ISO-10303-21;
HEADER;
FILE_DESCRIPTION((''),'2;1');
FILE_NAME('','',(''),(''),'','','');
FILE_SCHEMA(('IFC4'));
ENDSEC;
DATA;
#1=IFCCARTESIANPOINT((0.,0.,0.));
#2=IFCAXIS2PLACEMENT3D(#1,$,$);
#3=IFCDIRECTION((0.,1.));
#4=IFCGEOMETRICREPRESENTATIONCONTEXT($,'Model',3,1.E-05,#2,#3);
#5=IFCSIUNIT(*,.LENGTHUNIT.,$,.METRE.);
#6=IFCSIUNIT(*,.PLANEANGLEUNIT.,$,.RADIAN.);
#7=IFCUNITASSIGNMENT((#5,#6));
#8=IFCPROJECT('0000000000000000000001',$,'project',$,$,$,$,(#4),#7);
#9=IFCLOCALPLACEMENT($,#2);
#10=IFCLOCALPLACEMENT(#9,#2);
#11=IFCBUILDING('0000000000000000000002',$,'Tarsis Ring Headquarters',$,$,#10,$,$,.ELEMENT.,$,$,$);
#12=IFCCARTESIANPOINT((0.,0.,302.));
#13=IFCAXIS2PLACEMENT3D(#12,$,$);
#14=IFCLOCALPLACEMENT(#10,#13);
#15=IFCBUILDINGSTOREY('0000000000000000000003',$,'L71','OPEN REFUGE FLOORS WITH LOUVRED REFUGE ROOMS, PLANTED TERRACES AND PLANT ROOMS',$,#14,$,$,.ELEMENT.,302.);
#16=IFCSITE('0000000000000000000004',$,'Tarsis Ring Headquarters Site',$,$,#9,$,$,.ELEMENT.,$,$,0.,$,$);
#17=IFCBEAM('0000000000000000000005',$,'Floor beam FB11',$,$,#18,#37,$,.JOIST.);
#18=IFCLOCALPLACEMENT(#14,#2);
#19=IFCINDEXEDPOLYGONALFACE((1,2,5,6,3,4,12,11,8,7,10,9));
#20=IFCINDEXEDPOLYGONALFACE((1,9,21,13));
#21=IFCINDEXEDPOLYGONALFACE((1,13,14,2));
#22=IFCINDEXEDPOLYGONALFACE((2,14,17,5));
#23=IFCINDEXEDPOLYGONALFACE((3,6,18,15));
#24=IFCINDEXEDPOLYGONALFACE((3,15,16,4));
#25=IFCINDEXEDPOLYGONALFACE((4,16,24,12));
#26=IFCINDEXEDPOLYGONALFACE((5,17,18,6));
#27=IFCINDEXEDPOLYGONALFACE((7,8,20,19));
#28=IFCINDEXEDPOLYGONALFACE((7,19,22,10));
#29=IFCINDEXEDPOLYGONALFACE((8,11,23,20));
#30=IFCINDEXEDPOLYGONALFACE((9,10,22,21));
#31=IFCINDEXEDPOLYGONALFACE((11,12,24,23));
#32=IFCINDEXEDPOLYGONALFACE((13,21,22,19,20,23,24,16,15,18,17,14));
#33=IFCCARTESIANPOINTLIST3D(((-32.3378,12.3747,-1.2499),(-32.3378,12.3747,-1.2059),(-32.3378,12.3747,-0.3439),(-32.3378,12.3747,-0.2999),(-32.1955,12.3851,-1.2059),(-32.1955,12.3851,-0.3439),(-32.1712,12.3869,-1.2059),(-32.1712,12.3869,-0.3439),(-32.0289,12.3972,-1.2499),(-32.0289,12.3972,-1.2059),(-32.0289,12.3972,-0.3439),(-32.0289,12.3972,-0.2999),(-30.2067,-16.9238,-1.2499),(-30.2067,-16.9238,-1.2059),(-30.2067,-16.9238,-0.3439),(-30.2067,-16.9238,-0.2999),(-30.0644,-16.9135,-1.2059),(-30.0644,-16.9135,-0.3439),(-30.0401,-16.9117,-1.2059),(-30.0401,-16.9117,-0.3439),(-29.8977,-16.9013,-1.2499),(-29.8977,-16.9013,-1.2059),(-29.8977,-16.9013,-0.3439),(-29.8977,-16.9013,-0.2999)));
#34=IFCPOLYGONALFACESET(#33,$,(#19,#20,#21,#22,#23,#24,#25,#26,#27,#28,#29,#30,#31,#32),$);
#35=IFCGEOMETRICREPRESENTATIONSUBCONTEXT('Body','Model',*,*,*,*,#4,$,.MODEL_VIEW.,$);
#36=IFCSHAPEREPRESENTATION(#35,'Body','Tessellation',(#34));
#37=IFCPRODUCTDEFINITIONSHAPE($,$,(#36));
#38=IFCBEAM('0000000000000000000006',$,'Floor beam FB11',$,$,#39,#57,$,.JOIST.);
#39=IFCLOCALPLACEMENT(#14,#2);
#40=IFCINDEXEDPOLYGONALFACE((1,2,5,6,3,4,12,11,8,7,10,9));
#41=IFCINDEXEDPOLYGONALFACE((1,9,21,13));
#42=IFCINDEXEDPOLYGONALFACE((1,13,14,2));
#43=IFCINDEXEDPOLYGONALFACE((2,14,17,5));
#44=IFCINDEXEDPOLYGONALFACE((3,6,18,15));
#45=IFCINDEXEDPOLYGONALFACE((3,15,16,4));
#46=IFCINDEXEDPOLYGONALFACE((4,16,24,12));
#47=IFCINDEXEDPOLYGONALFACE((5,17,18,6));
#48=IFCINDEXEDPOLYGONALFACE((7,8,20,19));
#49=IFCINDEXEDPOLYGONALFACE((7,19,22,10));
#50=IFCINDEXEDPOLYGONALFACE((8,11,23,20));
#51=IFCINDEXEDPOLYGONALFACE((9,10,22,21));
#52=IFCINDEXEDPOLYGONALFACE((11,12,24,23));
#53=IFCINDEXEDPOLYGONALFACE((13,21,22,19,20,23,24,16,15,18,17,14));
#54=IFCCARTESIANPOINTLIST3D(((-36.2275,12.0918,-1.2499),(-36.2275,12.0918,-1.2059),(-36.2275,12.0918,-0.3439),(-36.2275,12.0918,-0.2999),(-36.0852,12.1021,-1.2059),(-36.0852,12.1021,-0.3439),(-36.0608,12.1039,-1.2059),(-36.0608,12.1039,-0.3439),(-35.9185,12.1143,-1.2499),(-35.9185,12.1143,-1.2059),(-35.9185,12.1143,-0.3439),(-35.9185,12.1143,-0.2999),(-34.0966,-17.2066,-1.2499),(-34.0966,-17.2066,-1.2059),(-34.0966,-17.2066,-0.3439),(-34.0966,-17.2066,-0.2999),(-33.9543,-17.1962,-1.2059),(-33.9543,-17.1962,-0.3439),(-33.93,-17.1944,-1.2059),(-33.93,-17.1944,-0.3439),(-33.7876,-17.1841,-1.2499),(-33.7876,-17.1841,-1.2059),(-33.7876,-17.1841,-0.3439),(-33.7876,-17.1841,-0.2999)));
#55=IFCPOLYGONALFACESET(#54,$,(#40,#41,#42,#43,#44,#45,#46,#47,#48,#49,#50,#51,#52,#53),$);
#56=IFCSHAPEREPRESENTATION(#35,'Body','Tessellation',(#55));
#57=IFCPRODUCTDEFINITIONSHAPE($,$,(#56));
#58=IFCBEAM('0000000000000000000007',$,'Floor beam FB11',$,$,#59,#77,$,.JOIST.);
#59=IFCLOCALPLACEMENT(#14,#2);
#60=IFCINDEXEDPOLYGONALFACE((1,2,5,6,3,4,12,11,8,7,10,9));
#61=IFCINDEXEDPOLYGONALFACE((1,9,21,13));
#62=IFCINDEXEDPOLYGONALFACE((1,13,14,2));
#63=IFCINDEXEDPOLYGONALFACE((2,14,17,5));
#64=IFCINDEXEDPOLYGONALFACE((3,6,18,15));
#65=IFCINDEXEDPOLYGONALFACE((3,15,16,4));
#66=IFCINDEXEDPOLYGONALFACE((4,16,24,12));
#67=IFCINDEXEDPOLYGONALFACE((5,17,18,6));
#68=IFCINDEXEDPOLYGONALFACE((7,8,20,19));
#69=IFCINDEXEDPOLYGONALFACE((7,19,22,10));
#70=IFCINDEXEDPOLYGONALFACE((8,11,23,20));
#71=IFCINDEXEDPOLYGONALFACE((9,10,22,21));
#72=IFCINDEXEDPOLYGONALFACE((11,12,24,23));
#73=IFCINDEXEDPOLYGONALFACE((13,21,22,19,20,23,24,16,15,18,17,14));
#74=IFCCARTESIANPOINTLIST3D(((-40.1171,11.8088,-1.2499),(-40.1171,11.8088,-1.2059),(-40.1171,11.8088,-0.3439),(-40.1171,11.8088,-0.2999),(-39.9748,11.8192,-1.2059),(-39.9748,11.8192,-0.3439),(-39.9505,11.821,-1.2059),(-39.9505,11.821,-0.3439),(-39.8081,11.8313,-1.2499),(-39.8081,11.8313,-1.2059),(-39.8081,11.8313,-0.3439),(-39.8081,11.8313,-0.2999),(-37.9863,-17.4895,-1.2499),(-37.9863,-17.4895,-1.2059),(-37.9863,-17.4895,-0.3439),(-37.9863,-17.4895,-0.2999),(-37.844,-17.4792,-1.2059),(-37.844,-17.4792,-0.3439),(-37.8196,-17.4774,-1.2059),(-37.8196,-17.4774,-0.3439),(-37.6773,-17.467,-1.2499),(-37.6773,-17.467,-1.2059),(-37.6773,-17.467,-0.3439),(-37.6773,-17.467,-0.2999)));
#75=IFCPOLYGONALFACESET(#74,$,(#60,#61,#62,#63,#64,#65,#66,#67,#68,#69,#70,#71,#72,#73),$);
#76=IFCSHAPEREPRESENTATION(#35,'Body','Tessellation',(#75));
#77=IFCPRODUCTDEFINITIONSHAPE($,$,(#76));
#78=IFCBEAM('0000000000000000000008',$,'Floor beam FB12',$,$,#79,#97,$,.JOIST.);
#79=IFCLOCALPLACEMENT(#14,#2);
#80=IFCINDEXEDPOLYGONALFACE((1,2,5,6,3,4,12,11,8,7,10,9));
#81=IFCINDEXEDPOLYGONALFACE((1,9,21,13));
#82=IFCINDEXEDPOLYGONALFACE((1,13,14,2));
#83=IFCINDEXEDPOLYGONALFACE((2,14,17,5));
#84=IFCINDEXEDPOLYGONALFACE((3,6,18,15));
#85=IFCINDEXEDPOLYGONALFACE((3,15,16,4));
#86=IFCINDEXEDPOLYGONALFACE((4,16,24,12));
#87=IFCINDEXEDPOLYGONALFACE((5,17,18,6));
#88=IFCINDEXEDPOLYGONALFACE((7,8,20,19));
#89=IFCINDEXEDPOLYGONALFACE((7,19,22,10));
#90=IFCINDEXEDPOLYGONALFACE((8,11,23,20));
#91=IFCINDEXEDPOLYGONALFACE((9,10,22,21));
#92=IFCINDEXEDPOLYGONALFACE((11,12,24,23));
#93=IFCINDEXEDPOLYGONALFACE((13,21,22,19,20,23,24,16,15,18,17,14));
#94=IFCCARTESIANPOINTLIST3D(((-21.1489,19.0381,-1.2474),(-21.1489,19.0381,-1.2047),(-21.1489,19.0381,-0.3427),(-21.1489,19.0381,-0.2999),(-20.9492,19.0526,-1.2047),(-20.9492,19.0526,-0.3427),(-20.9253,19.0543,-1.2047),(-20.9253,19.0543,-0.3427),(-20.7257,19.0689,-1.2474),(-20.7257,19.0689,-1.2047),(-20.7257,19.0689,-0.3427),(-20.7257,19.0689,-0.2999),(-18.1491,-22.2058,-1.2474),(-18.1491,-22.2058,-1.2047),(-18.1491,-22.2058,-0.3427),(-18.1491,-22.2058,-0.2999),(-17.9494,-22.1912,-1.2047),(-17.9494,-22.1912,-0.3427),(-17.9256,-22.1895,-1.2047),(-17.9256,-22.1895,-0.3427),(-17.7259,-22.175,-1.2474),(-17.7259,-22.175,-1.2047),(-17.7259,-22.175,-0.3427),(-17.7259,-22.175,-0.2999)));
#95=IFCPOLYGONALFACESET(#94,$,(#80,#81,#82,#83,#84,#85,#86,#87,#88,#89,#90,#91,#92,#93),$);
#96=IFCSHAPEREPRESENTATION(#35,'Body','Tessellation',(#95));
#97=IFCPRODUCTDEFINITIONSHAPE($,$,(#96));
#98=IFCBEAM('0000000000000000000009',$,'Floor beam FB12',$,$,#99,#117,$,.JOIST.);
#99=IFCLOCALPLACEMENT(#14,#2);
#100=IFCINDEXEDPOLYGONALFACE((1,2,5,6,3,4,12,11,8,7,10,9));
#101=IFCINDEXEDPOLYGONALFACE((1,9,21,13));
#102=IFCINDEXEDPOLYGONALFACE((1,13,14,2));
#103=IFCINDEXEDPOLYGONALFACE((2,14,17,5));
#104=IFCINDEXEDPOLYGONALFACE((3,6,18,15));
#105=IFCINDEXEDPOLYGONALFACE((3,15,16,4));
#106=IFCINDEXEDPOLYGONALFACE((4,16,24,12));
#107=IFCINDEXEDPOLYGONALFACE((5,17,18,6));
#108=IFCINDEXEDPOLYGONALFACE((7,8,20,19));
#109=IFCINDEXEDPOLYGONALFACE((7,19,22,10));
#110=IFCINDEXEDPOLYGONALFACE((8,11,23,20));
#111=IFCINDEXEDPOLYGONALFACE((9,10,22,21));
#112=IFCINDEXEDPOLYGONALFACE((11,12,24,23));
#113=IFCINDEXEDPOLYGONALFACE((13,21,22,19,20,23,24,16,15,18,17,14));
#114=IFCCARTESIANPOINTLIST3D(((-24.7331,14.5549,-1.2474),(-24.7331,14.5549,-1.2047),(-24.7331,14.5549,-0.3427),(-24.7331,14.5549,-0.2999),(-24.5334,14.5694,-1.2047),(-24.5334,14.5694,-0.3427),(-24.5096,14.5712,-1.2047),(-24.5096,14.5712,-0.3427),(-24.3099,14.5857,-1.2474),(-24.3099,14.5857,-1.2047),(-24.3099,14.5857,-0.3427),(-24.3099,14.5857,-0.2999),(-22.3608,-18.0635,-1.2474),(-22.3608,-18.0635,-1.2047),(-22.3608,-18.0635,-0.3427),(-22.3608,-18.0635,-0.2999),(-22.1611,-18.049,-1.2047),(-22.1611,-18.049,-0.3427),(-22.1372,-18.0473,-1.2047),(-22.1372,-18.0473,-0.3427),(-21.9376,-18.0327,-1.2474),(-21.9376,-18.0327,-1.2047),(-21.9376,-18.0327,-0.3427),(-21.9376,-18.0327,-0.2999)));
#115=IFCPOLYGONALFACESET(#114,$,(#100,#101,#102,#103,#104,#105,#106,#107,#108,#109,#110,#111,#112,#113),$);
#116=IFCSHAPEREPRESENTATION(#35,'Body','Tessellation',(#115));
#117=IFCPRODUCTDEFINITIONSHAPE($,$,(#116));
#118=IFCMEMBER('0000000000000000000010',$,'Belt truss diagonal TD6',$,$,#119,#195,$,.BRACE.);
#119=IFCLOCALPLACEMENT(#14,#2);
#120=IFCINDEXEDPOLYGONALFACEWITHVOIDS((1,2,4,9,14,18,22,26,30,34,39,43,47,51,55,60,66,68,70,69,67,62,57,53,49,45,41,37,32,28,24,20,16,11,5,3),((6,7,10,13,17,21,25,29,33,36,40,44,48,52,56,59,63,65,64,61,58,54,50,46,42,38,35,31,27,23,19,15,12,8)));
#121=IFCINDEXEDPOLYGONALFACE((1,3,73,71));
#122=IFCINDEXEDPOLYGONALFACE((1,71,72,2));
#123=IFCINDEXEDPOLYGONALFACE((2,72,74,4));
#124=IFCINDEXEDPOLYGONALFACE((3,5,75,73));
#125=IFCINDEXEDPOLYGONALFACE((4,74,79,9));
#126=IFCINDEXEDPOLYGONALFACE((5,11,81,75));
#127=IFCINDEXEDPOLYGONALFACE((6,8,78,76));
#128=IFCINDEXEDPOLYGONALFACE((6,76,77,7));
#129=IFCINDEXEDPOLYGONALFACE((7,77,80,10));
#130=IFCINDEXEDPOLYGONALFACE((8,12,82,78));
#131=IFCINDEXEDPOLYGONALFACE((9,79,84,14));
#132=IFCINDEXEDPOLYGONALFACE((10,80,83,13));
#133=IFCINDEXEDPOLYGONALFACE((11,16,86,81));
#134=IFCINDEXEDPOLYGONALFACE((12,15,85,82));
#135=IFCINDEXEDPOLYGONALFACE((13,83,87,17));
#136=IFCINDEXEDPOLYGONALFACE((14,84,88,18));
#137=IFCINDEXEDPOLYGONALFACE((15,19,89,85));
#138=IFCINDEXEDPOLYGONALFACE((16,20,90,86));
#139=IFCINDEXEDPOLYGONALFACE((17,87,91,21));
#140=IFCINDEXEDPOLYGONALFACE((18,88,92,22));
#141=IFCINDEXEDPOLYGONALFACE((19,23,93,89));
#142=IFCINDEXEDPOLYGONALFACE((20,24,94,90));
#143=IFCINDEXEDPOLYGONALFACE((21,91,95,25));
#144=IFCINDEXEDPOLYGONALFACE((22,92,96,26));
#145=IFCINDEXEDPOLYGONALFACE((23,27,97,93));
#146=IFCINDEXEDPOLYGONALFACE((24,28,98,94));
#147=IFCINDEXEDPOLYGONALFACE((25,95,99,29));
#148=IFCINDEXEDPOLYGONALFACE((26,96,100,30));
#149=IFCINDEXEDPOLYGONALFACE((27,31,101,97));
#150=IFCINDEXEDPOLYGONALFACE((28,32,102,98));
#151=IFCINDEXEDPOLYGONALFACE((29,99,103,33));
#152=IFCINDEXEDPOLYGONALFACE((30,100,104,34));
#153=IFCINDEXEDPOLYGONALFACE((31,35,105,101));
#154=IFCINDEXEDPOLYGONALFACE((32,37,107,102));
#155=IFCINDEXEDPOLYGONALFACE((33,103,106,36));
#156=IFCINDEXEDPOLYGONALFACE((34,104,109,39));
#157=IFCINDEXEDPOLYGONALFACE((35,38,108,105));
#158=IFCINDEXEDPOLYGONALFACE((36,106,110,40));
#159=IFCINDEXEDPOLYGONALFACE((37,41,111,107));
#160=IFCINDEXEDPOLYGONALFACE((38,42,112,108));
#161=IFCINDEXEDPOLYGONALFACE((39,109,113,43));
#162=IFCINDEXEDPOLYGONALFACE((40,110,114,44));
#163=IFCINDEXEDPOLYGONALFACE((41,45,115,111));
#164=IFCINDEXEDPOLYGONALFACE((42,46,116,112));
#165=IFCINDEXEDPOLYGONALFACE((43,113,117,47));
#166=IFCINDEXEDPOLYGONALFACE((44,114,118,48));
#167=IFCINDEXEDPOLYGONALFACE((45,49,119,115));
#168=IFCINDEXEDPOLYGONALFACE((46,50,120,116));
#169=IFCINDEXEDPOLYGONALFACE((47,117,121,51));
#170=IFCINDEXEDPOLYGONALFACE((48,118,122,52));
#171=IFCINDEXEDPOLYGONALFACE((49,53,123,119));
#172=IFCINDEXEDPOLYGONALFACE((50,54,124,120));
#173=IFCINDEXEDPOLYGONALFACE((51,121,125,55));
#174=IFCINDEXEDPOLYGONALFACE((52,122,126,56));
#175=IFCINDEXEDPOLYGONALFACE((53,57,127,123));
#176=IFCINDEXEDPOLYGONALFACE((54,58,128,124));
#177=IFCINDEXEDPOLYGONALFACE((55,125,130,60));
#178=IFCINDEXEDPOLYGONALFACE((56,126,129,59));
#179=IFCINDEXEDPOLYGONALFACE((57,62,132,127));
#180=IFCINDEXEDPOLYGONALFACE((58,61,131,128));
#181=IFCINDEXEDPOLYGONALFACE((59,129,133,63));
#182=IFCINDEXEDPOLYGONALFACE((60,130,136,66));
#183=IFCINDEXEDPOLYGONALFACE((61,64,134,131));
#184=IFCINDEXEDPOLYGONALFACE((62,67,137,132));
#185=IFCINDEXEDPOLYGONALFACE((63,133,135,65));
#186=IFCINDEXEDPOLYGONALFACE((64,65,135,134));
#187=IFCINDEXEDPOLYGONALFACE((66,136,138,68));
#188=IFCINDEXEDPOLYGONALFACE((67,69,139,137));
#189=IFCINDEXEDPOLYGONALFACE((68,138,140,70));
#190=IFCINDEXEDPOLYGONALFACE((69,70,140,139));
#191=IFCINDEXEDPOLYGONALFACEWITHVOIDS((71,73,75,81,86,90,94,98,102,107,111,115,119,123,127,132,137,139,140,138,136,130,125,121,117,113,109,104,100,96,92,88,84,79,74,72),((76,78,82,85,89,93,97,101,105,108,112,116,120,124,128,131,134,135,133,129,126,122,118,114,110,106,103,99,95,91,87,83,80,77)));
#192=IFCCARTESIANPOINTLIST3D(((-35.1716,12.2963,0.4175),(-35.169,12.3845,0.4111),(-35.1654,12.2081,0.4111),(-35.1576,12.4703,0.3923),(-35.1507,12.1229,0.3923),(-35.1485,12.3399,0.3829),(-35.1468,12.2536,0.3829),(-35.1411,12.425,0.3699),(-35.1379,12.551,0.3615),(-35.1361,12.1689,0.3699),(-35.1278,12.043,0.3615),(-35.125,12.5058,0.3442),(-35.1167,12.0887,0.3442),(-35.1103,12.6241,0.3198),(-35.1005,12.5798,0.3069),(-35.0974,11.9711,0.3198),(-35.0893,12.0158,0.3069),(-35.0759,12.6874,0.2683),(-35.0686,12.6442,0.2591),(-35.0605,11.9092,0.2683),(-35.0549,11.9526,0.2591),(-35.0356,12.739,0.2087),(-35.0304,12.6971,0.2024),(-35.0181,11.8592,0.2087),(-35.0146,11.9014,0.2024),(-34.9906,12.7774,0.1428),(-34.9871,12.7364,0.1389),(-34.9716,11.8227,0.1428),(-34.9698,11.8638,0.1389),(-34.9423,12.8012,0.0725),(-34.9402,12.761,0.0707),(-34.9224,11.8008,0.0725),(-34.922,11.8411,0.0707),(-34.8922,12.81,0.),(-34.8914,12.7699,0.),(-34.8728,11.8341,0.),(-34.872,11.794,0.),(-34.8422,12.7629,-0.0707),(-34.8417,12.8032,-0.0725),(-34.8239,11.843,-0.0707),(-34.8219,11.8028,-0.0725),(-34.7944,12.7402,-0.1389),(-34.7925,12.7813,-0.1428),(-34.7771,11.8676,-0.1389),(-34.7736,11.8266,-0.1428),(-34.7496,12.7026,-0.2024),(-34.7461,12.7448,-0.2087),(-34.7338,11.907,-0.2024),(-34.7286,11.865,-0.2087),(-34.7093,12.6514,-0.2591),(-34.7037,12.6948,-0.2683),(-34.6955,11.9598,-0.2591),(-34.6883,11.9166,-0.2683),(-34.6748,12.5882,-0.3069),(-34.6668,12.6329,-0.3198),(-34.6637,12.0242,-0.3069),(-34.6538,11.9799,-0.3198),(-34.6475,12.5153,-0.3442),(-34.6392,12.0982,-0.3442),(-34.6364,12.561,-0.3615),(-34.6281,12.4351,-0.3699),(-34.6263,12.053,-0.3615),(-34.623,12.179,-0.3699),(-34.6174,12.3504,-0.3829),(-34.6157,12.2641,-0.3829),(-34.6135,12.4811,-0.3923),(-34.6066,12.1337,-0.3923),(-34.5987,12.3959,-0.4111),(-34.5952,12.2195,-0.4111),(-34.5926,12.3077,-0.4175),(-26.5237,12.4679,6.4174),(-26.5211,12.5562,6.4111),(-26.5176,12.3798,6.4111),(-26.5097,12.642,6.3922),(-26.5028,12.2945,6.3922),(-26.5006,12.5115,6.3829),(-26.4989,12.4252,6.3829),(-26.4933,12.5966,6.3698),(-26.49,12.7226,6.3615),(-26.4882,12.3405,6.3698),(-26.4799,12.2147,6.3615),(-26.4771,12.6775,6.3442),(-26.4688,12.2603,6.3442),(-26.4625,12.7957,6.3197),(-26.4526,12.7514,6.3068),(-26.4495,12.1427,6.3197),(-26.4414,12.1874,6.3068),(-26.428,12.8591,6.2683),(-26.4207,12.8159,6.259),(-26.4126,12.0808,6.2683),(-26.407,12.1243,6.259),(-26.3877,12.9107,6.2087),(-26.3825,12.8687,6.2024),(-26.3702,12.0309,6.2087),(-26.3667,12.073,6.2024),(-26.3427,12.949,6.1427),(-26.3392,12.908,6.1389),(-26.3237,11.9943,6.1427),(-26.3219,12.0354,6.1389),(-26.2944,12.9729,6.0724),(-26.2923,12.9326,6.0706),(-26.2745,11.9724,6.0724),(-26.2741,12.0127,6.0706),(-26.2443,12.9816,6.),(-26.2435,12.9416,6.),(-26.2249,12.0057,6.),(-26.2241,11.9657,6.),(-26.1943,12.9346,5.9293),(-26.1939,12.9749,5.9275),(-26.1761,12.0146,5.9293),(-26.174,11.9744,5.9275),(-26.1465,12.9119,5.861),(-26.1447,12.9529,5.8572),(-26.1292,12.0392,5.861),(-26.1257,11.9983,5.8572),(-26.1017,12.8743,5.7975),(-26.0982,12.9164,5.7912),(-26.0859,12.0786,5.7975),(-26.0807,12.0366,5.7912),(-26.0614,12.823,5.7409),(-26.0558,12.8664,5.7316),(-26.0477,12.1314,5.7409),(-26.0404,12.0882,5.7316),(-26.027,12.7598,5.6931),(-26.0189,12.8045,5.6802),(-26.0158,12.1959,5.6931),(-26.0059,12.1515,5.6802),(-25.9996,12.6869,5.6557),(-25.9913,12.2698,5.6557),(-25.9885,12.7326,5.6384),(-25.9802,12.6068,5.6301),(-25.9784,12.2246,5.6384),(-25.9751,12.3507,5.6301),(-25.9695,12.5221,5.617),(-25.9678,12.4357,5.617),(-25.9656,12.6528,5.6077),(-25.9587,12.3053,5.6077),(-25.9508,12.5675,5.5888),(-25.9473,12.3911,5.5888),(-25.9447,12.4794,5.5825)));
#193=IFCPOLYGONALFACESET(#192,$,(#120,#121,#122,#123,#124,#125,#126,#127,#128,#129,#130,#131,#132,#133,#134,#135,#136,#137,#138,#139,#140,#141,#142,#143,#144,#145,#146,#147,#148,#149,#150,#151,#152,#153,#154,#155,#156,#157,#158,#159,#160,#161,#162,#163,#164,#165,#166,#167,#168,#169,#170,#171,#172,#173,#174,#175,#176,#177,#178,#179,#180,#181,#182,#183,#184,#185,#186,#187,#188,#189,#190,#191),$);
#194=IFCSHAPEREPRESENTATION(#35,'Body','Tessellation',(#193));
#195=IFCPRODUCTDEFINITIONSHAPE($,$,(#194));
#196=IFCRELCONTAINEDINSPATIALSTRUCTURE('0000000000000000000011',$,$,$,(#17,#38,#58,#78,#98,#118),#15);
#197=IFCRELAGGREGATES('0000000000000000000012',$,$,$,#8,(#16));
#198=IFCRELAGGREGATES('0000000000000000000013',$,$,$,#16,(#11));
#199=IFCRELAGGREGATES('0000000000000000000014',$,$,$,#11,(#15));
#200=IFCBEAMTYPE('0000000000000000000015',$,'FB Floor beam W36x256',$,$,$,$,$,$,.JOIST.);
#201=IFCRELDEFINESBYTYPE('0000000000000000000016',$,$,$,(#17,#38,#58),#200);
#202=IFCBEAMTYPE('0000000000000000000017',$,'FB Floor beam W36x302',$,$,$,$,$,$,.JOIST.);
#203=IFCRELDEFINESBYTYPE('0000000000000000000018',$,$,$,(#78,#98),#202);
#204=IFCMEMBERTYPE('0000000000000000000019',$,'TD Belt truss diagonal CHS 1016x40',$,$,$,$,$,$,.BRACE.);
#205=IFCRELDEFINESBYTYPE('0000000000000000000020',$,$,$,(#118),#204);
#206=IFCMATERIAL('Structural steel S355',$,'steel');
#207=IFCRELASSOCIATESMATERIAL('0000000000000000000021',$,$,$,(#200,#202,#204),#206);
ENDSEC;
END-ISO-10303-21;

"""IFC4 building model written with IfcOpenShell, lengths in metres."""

from ifc_helpers import new_model, si_unit, direction, frame, origin, origin_2d, place, context, subcontext, project, spatial, hollow_circle, i_section, extrude, material, material_profile, profile_set, type_object, element, save


model = new_model("IFC4")

# Units and contexts
model_context = context("Model", 3, precision=1e-05, world=origin(), true_north=direction((0.0, 1.0)))
body_context = subcontext(model_context, "Body", "Model", "MODEL_VIEW")
ifc_project = project(units=[si_unit("LENGTHUNIT", "METRE"), si_unit("PLANEANGLEUNIT", "RADIAN")], contexts=[model_context])

# Site, building, storey
site_placement = place(None, origin())
site = spatial("IfcSite", under=ifc_project, at=site_placement, Name="Tarsis Ring Headquarters Site", CompositionType="ELEMENT", RefElevation=0.0)
building_placement = place(site_placement, origin())
building = spatial("IfcBuilding", under=site, at=building_placement, Name="Tarsis Ring Headquarters", CompositionType="ELEMENT")
storey_placement = place(building_placement, frame((0.0, 0.0, 302.0)))
storey = spatial("IfcBuildingStorey", under=building, at=storey_placement, Name="L71", Description="OPEN REFUGE FLOORS WITH LOUVRED REFUGE ROOMS, PLANTED TERRACES AND PLANT ROOMS", CompositionType="ELEMENT", Elevation=302.0)

# Shared definitions
ifc_material_1 = material(Name="Structural steel S355", Category="steel")
ifc_material_profile_1 = material_profile(ifc_material_1, hollow_circle(Radius=0.5081, WallThickness=0.04, at=origin_2d()), Name="CHS 1016x40")
ifc_profile_set_1 = profile_set([ifc_material_profile_1], Name="Structural steel S355")

# Beams
ifc_material_profile_2 = material_profile(ifc_material_1, i_section(OverallWidth=0.3098, OverallDepth=0.95, WebThickness=0.0244, FlangeThickness=0.0439, at=origin_2d()), Name="W36x256")
ifc_profile_set_2 = profile_set([ifc_material_profile_2], Name="Structural steel S355")
beam_type_1 = type_object("IfcBeamType", Name="FB Floor beam W36x256", PredefinedType="JOIST", material=ifc_profile_set_2)
beam_1_placement = place(storey_placement, frame((-32.1833, 12.386, -0.7749), z_axis=(0.072546, -0.997365, 0.0), x_axis=(0.997365, 0.072546, 0.0)))
element("IfcBeam", 1, at=beam_1_placement, inside=storey, type_object=beam_type_1, Name="Floor beam FB11", PredefinedType="JOIST", context=body_context, shape_type="SweptSolid", body=[
    extrude(i_section(OverallWidth=0.3098, OverallDepth=0.95, WebThickness=0.0244, FlangeThickness=0.0439, at=origin_2d()), origin(), (0.0, 0.0, 1.0), 29.376),
])
for number, where, z_axis, x_axis, name in (
    (2, (-36.073, 12.103, -0.7749), (0.072538, -0.997366, 0.0), (0.997366, 0.072538, 0.0), "Floor beam FB11"),
    (3, (-39.9626, 11.8201, -0.7749), (0.072538, -0.997366, 0.0), (0.997366, 0.072538, 0.0), "Floor beam FB11"),
):
    element("IfcBeam", number, at=place(storey_placement, frame(where, z_axis=z_axis, x_axis=x_axis)), inside=storey, type_object=beam_type_1, Name=name, PredefinedType="JOIST", context=body_context, shape_type="SweptSolid", body=[
        extrude(i_section(OverallWidth=0.3098, OverallDepth=0.95, WebThickness=0.0244, FlangeThickness=0.0439, at=origin_2d()), origin(), (0.0, 0.0, 1.0), 29.3757),
    ])
ifc_material_profile_3 = material_profile(ifc_material_1, i_section(OverallWidth=0.4243, OverallDepth=0.9475, WebThickness=0.0239, FlangeThickness=0.0427, at=origin_2d()), Name="W36x302")
ifc_profile_set_3 = profile_set([ifc_material_profile_3], Name="Structural steel S355")
beam_type_2 = type_object("IfcBeamType", Name="FB Floor beam W36x302", PredefinedType="JOIST", material=ifc_profile_set_3)
beam_2_placement = place(storey_placement, frame((-20.9373, 19.0535, -0.7737), z_axis=(0.072541, -0.997365, 0.0), x_axis=(0.997365, 0.072541, 0.0)))
element("IfcBeam", 4, at=beam_2_placement, inside=storey, type_object=beam_type_2, Name="Floor beam FB12", PredefinedType="JOIST", context=body_context, shape_type="SweptSolid", body=[
    extrude(i_section(OverallWidth=0.4243, OverallDepth=0.9475, WebThickness=0.0239, FlangeThickness=0.0427, at=origin_2d()), origin(), (0.0, 0.0, 1.0), 41.3528),
])
beam_3_placement = place(storey_placement, frame((-24.5215, 14.5703, -0.7737), z_axis=(0.072538, -0.997366, 0.0), x_axis=(0.997366, 0.072538, 0.0)))
element("IfcBeam", 5, at=beam_3_placement, inside=storey, type_object=beam_type_2, Name="Floor beam FB12", PredefinedType="JOIST", context=body_context, shape_type="SweptSolid", body=[
    extrude(i_section(OverallWidth=0.4243, OverallDepth=0.9475, WebThickness=0.0239, FlangeThickness=0.0427, at=origin_2d()), origin(), (0.0, 0.0, 1.0), 32.7046),
])

# Member
member_type = type_object("IfcMemberType", Name="TD Belt truss diagonal CHS 1016x40", PredefinedType="BRACE", material=ifc_profile_set_1)
member_1_placement = place(storey_placement, frame((-34.8821, 12.302, 0.0), z_axis=(0.821506, 0.016304, 0.569966), x_axis=(-0.019843, 0.999803, 0.0)))
element("IfcMember", 6, at=member_1_placement, inside=storey, type_object=member_type, Name="Belt truss diagonal TD6", PredefinedType="BRACE", context=body_context, shape_type="SweptSolid", body=[
    extrude(hollow_circle(Radius=0.5081, WallThickness=0.04, at=origin_2d()), origin(), (0.0, 0.0, 1.0), 10.5269),
])

save(model, "model.ifc")
